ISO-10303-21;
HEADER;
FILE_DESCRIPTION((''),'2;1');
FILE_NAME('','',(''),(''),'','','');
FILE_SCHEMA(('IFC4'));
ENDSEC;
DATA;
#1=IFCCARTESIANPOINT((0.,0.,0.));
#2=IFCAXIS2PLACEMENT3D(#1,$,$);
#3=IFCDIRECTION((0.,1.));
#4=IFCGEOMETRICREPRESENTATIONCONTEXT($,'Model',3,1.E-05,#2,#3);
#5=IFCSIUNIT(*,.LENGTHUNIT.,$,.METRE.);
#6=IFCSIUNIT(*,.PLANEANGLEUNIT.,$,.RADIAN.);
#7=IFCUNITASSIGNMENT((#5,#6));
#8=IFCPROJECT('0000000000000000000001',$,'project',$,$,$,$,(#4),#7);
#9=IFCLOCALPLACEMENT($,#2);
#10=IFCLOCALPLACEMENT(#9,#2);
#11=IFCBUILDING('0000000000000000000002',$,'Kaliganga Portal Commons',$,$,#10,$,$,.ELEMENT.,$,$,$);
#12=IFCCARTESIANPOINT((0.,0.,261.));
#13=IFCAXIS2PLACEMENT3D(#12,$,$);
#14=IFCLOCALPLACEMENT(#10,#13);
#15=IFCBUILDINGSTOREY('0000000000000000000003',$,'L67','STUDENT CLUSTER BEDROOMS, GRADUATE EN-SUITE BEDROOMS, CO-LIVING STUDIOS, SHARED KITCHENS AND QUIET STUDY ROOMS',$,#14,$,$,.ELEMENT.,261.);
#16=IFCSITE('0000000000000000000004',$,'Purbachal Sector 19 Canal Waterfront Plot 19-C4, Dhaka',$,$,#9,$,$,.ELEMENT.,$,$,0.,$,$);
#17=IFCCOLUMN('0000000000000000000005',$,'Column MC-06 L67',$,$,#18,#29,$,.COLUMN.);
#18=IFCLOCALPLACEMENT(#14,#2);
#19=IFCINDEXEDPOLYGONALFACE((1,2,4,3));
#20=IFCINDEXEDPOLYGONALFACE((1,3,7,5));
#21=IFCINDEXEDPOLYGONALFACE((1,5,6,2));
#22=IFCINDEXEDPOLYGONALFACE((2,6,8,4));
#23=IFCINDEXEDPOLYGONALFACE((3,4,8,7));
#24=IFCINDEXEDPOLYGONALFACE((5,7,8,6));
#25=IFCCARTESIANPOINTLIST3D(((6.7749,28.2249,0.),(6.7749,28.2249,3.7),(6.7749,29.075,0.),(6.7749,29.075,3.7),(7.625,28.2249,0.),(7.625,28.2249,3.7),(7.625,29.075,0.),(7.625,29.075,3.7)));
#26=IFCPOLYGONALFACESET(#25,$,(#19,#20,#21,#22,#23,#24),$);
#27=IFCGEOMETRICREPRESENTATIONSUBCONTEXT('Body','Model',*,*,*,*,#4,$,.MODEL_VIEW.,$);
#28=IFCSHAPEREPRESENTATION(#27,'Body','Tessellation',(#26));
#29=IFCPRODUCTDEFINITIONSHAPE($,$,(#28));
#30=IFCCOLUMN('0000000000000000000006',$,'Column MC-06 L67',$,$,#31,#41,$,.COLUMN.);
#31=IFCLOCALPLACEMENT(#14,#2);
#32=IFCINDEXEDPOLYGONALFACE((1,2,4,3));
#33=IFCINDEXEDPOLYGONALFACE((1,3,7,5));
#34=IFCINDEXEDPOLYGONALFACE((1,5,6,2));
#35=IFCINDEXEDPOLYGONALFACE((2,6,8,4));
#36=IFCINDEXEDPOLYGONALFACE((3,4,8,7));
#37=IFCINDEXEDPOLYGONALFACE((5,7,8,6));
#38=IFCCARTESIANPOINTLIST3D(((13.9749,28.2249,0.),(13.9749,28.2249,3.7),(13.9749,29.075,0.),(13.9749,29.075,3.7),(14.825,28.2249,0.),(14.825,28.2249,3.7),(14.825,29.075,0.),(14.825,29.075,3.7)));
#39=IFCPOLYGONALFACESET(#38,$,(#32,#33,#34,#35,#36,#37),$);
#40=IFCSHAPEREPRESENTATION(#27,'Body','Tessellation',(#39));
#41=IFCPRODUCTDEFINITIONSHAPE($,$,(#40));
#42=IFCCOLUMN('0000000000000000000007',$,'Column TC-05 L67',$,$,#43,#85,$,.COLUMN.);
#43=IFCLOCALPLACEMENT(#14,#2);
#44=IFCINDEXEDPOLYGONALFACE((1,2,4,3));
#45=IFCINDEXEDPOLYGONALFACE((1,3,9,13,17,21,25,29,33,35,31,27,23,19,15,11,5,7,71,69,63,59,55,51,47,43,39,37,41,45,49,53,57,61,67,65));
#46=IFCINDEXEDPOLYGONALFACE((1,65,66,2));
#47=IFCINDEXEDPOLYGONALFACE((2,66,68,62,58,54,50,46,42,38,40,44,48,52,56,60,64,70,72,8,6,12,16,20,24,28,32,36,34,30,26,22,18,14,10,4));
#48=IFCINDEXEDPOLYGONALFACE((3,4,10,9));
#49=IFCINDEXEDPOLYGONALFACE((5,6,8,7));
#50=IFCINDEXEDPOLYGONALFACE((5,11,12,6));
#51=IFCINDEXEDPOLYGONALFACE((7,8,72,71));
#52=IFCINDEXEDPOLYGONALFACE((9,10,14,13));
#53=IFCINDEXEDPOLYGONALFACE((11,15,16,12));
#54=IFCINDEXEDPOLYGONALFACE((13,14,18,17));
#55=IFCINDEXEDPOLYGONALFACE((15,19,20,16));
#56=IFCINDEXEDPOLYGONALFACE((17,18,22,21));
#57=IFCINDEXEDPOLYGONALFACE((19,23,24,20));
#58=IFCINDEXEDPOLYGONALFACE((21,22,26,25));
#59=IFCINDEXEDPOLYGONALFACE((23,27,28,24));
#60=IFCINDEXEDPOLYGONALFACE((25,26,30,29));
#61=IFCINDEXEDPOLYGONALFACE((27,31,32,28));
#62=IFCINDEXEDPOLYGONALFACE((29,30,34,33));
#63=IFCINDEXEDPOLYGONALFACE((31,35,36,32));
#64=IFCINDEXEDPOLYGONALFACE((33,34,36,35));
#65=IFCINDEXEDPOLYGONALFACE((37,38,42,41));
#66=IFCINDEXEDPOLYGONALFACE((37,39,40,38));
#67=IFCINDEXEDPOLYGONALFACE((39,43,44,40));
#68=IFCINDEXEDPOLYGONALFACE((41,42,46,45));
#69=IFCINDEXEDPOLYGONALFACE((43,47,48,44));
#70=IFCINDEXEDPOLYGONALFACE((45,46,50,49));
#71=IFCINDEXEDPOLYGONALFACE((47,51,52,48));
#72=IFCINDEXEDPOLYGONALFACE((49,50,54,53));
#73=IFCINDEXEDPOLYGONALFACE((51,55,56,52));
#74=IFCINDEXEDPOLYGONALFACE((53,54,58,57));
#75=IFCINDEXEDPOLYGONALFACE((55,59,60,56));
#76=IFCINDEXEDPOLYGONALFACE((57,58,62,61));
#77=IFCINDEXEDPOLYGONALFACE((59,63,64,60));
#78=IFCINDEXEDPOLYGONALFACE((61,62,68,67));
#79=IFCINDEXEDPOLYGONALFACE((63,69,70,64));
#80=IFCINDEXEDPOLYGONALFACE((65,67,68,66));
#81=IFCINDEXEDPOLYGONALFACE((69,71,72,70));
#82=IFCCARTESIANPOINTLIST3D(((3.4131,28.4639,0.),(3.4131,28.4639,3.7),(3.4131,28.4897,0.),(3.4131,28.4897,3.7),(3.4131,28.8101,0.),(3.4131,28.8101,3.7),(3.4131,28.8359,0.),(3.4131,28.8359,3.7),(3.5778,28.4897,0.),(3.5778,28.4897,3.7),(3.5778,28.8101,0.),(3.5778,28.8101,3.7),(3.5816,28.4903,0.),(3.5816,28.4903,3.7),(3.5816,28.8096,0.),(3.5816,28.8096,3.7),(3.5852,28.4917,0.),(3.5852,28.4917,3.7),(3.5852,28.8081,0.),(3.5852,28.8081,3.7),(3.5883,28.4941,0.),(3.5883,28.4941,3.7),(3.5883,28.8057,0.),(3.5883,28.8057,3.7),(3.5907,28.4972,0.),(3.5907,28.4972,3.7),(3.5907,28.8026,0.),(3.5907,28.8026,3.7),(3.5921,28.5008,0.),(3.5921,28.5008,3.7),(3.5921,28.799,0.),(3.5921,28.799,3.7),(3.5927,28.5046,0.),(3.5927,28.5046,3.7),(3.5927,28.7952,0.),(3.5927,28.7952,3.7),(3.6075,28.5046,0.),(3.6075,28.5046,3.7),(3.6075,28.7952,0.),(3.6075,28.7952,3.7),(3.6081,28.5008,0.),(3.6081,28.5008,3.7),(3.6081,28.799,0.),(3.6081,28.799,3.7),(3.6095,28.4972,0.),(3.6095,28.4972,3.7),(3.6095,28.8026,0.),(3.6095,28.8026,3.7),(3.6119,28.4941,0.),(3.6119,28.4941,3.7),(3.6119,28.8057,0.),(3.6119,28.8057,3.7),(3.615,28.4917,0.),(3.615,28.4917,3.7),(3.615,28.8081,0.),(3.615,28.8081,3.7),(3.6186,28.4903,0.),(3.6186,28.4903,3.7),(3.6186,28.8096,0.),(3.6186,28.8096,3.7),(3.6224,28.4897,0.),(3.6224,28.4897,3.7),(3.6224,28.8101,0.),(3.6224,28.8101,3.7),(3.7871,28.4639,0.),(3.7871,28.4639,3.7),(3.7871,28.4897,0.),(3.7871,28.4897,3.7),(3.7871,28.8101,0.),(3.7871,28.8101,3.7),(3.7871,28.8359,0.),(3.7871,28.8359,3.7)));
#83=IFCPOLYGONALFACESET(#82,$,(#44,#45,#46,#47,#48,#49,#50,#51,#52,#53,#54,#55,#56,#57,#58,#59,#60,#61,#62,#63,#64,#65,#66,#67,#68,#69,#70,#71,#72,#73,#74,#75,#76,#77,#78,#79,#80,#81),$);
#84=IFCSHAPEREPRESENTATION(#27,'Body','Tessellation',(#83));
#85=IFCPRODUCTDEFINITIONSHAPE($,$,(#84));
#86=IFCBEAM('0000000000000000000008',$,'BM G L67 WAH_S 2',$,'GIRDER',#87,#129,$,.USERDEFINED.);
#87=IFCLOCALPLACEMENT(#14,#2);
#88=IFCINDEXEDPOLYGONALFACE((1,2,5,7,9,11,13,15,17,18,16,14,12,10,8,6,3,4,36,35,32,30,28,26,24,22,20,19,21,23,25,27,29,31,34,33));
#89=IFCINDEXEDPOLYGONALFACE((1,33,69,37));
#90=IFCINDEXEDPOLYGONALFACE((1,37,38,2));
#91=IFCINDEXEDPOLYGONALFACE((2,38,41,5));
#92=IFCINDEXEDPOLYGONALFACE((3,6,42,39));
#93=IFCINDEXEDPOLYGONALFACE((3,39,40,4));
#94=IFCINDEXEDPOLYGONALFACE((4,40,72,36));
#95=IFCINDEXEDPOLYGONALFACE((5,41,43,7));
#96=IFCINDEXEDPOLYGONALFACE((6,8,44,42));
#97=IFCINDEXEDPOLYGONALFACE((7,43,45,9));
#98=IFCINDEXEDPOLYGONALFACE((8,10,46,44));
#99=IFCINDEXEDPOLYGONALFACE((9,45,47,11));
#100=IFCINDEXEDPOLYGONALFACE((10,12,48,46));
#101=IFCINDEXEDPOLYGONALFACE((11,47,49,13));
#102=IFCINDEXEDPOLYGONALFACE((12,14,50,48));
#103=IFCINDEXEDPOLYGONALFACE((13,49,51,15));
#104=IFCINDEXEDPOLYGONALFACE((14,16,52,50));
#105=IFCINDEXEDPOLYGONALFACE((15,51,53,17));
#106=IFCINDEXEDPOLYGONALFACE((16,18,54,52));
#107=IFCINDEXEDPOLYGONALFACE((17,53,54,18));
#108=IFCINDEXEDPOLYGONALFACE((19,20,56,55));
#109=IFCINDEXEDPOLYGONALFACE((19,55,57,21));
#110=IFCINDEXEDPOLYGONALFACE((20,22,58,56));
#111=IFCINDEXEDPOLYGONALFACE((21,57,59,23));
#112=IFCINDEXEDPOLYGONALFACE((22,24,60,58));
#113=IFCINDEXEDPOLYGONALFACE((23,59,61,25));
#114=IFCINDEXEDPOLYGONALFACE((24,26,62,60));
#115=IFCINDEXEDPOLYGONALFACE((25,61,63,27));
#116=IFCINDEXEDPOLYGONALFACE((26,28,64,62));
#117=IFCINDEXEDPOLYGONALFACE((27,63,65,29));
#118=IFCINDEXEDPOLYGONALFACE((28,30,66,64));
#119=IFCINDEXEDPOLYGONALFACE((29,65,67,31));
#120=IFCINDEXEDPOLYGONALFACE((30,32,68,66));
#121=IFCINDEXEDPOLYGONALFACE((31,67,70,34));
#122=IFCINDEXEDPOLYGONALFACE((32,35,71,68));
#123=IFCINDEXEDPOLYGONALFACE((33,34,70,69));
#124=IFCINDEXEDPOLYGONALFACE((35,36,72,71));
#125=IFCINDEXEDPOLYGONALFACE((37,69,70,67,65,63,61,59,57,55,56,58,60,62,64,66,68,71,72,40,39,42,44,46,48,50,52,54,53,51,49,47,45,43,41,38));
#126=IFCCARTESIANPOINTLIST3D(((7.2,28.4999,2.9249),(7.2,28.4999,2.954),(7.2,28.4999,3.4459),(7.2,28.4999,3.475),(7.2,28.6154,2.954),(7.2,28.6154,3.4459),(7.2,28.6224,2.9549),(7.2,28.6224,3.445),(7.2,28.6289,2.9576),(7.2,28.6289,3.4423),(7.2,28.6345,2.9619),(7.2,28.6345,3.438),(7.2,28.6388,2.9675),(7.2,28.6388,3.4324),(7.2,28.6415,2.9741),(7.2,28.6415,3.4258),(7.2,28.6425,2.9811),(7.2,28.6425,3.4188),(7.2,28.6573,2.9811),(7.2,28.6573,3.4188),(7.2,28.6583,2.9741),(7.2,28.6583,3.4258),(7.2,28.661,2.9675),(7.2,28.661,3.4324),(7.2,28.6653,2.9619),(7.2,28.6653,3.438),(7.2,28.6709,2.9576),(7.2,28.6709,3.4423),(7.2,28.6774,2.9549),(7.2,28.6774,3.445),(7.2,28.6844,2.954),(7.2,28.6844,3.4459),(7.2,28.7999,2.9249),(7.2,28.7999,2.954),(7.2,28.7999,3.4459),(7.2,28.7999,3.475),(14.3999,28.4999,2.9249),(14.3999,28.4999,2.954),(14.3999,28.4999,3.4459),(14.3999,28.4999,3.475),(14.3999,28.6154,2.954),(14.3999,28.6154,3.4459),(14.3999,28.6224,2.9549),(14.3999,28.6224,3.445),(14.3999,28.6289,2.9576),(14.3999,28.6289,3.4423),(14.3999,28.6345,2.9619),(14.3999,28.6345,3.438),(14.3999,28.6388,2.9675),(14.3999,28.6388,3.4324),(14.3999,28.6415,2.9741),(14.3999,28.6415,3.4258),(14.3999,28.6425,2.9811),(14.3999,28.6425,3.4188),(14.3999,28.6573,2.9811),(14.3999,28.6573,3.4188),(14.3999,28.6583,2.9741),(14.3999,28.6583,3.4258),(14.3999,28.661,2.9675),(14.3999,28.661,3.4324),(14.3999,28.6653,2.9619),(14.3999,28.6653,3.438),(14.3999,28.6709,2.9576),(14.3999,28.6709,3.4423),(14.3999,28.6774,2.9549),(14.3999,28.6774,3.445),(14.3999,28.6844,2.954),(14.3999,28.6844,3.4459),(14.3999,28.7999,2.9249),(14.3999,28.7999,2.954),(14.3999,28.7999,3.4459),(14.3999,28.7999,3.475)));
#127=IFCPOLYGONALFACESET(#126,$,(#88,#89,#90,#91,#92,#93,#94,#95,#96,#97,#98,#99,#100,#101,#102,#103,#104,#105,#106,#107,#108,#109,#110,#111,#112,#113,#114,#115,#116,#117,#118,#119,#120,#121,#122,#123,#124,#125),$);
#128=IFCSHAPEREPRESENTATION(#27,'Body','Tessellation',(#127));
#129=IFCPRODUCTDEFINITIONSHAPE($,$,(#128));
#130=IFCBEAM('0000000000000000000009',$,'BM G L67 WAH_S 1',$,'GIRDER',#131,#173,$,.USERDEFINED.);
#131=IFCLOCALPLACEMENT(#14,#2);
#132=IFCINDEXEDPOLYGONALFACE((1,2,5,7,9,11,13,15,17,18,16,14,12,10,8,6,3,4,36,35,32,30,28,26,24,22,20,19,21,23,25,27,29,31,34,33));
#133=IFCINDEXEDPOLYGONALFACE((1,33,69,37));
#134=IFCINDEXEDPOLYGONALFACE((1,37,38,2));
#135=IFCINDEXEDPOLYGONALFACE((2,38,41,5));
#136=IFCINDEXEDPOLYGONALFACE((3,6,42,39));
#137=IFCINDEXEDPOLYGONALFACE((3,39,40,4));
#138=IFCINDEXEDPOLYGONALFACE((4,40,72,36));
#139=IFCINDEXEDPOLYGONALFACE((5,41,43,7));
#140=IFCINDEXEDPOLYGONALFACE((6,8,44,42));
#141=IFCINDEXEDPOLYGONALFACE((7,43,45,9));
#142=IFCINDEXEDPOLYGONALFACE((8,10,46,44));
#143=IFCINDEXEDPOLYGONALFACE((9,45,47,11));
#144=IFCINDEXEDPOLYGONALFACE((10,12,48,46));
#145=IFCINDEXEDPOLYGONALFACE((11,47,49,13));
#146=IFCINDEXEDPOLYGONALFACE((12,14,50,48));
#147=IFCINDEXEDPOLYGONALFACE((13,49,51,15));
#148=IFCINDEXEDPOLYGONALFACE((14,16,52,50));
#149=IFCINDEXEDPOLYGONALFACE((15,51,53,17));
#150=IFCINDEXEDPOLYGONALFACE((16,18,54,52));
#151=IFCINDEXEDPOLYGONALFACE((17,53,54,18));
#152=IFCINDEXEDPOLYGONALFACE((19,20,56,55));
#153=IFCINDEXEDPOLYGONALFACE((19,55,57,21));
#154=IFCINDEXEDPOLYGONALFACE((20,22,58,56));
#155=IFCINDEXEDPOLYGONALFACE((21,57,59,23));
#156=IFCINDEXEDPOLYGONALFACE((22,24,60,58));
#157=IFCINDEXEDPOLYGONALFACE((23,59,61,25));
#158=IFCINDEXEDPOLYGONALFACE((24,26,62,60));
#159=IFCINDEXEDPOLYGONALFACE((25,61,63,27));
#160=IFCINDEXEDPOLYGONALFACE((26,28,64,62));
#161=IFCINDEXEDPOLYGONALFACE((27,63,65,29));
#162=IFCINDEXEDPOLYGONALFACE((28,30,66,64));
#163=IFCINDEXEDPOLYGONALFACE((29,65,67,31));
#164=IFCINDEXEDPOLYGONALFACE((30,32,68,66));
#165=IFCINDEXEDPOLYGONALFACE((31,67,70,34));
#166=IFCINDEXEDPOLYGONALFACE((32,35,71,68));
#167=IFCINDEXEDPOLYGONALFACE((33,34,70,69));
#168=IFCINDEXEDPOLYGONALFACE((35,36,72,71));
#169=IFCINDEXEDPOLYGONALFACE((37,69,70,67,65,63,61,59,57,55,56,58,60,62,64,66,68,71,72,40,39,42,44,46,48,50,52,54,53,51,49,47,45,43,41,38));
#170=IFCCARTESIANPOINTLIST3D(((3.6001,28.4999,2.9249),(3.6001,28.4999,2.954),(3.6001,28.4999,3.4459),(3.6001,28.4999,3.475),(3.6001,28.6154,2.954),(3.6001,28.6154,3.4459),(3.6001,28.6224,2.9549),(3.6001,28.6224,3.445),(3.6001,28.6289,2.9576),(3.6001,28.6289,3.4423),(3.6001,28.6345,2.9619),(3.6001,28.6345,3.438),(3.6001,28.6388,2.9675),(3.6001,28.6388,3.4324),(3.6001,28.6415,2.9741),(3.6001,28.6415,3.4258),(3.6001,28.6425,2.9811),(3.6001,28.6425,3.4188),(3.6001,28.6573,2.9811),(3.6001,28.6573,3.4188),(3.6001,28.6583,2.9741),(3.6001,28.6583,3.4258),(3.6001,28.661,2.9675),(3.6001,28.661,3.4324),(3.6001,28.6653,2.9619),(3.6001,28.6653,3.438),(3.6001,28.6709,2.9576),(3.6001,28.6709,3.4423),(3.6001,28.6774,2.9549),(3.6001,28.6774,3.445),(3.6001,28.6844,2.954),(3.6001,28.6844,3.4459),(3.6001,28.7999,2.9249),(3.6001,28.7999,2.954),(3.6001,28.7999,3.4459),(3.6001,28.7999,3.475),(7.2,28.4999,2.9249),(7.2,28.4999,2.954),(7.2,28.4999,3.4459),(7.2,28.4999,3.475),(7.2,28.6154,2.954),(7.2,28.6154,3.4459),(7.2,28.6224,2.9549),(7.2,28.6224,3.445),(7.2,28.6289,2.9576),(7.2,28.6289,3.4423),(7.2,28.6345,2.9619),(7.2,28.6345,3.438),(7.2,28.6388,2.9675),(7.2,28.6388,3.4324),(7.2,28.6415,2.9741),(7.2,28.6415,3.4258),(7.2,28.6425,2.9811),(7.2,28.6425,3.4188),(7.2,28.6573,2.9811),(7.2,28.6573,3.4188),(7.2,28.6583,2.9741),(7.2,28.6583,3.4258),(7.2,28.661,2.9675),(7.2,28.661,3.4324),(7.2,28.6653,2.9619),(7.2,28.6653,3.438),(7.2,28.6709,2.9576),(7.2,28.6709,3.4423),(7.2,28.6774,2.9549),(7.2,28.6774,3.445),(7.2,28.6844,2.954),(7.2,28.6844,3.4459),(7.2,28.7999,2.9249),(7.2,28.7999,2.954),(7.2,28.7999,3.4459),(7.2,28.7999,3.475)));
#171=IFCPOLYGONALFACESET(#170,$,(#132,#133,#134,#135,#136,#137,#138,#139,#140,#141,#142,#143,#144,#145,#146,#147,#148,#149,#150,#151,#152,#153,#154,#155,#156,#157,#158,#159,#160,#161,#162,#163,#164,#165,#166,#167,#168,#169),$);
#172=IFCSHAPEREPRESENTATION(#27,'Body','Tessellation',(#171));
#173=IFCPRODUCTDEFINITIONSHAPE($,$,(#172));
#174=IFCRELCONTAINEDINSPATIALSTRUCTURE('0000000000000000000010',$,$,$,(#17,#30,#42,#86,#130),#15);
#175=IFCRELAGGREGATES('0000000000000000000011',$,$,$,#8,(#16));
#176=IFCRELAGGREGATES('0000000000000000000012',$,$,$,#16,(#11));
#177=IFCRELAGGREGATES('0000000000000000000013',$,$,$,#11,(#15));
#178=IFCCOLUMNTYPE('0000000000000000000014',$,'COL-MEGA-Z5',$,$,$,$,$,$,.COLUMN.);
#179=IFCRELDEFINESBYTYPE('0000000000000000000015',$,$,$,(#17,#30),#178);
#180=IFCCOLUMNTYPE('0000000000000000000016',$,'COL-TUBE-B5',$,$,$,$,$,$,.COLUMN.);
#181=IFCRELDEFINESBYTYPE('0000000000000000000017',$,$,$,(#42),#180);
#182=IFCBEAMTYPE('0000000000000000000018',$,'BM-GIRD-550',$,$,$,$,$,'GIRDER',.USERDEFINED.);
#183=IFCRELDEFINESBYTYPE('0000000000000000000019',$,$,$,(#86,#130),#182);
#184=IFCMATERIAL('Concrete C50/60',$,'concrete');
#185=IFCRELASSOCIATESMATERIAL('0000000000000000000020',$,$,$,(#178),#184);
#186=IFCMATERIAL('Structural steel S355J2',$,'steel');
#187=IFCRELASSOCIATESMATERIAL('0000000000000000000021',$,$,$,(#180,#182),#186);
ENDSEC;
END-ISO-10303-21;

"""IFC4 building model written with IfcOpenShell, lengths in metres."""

from ifc_helpers import new_model, si_unit, direction, frame, origin, origin_2d, place, context, subcontext, project, spatial, rectangle, i_section, extrude, source, transform, mapped, material, material_profile, profile_set, type_object, element, save


model = new_model("IFC4")

# Units and contexts
model_context = context("Model", 3, precision=1e-05, world=origin(), true_north=direction((0.0, 1.0)))
body_context = subcontext(model_context, "Body", "Model", "MODEL_VIEW")
ifc_project = project(units=[si_unit("LENGTHUNIT", "METRE"), si_unit("PLANEANGLEUNIT", "RADIAN")], contexts=[model_context])

# Site, building, storey
site_placement = place(None, origin())
site = spatial("IfcSite", under=ifc_project, at=site_placement, Name="Purbachal Sector 19 Canal Waterfront Plot 19-C4, Dhaka", CompositionType="ELEMENT", RefElevation=0.0)
building_placement = place(site_placement, origin())
building = spatial("IfcBuilding", under=site, at=building_placement, Name="Kaliganga Portal Commons", CompositionType="ELEMENT")
storey_placement = place(building_placement, frame((0.0, 0.0, 261.0)))
storey = spatial("IfcBuildingStorey", under=building, at=storey_placement, Name="L67", Description="STUDENT CLUSTER BEDROOMS, GRADUATE EN-SUITE BEDROOMS, CO-LIVING STUDIOS, SHARED KITCHENS AND QUIET STUDY ROOMS", CompositionType="ELEMENT", Elevation=261.0)

# Columns
ifc_material_1 = material(Name="Concrete C50/60", Category="concrete")
ifc_material_profile_1 = material_profile(ifc_material_1, rectangle(XDim=0.8501, YDim=0.8501, at=origin_2d()), Name="RC 850x850")
ifc_profile_set_1 = profile_set([ifc_material_profile_1], Name="Concrete C50/60")
column_type_1 = type_object("IfcColumnType", Name="COL-MEGA-Z5", PredefinedType="COLUMN", material=ifc_profile_set_1)
shared_shape_1 = source(origin(), body_context, "Body", "SweptSolid", [
    extrude(rectangle(XDim=0.8501, YDim=0.8501, at=origin_2d()), origin(), (0.0, 0.0, 1.0), 3.7),
])
for number, where, z_axis, x_axis, name in (
    (1, (7.2, 28.6499, 0.0), (0.0, 0.0, 1.0), (1.0, 0.0, 0.0), "Column MC-06 L67"),
    (2, (14.3999, 28.6499, 0.0), (0.0, 0.0, 1.0), (1.0, 0.0, 0.0), "Column MC-06 L67"),
):
    element("IfcColumn", number, at=place(storey_placement, frame(where, z_axis=z_axis, x_axis=x_axis)), inside=storey, type_object=column_type_1, Name=name, PredefinedType="COLUMN", context=body_context, shape_type="MappedRepresentation", body=[
        mapped(shared_shape_1, transform((0.0, 0.0, 0.0), x_axis=(1.0, 0.0, 0.0), y_axis=(0.0, 1.0, 0.0), z_axis=(0.0, 0.0, 1.0), scale=1.0)),
    ])
ifc_material_2 = material(Name="Structural steel S355J2", Category="steel")
ifc_material_profile_2 = material_profile(ifc_material_2, i_section(OverallWidth=0.374, OverallDepth=0.3721, WebThickness=0.0149, FlangeThickness=0.0259, FilletRadius=0.0149, at=origin_2d()), Name="HD 360x196")
ifc_profile_set_2 = profile_set([ifc_material_profile_2], Name="Structural steel S355J2 wide-flange")
column_type_2 = type_object("IfcColumnType", Name="COL-TUBE-B5", PredefinedType="COLUMN", material=ifc_profile_set_2)
shared_shape_2 = source(origin(), body_context, "Body", "SweptSolid", [
    extrude(i_section(OverallWidth=0.374, OverallDepth=0.3721, WebThickness=0.0149, FlangeThickness=0.0259, FilletRadius=0.0149, at=origin_2d()), origin(), (0.0, 0.0, 1.0), 3.7),
])
column_placement = place(storey_placement, frame((3.6001, 28.6499, 0.0), z_axis=(0.0, 0.0, 1.0), x_axis=(1.0, 0.0, 0.0)))
element("IfcColumn", 3, at=column_placement, inside=storey, type_object=column_type_2, Name="Column TC-05 L67", PredefinedType="COLUMN", context=body_context, shape_type="MappedRepresentation", body=[
    mapped(shared_shape_2, transform((0.0, 0.0, 0.0), x_axis=(1.0, 0.0, 0.0), y_axis=(0.0, 1.0, 0.0), z_axis=(0.0, 0.0, 1.0), scale=1.0)),
])

# Beams
ifc_material_profile_3 = material_profile(ifc_material_2, i_section(OverallWidth=0.3, OverallDepth=0.55, WebThickness=0.0149, FlangeThickness=0.0291, FilletRadius=0.0271, at=origin_2d()), Name="HE 550 B")
ifc_profile_set_3 = profile_set([ifc_material_profile_3], Name="Structural steel S355J2 wide-flange")
beam_type_1 = type_object("IfcBeamType", Name="BM-GIRD-550", ElementType="GIRDER", PredefinedType="USERDEFINED", material=ifc_profile_set_3)
shared_shape_3 = source(origin(), body_context, "Body", "SweptSolid", [
    extrude(i_section(OverallWidth=0.3, OverallDepth=0.55, WebThickness=0.0149, FlangeThickness=0.0291, FilletRadius=0.0271, at=origin_2d()), origin(), (0.0, 0.0, 1.0), 7.2),
])
beam_1_placement = place(storey_placement, frame((7.2, 28.6499, 3.2), z_axis=(1.0, 0.0, 0.0), x_axis=(0.0, 1.0, 0.0)))
element("IfcBeam", 4, at=beam_1_placement, inside=storey, type_object=beam_type_1, Name="BM G L67 WAH_S 2", ObjectType="GIRDER", PredefinedType="USERDEFINED", context=body_context, shape_type="MappedRepresentation", body=[
    mapped(shared_shape_3, transform((0.0, 0.0, 0.0), x_axis=(1.0, 0.0, 0.0), y_axis=(0.0, 1.0, 0.0), z_axis=(0.0, 0.0, 1.0), scale=1.0)),
])
shared_shape_4 = source(origin(), body_context, "Body", "SweptSolid", [
    extrude(i_section(OverallWidth=0.3, OverallDepth=0.55, WebThickness=0.0149, FlangeThickness=0.0291, FilletRadius=0.0271, at=origin_2d()), origin(), (0.0, 0.0, 1.0), 3.5999),
])
beam_2_placement = place(storey_placement, frame((3.6001, 28.6499, 3.2), z_axis=(1.0, 0.0, 0.0), x_axis=(0.0, 1.0, 0.0)))
element("IfcBeam", 5, at=beam_2_placement, inside=storey, type_object=beam_type_1, Name="BM G L67 WAH_S 1", ObjectType="GIRDER", PredefinedType="USERDEFINED", context=body_context, shape_type="MappedRepresentation", body=[
    mapped(shared_shape_4, transform((0.0, 0.0, 0.0), x_axis=(1.0, 0.0, 0.0), y_axis=(0.0, 1.0, 0.0), z_axis=(0.0, 0.0, 1.0), scale=1.0)),
])

save(model, "model.ifc")
